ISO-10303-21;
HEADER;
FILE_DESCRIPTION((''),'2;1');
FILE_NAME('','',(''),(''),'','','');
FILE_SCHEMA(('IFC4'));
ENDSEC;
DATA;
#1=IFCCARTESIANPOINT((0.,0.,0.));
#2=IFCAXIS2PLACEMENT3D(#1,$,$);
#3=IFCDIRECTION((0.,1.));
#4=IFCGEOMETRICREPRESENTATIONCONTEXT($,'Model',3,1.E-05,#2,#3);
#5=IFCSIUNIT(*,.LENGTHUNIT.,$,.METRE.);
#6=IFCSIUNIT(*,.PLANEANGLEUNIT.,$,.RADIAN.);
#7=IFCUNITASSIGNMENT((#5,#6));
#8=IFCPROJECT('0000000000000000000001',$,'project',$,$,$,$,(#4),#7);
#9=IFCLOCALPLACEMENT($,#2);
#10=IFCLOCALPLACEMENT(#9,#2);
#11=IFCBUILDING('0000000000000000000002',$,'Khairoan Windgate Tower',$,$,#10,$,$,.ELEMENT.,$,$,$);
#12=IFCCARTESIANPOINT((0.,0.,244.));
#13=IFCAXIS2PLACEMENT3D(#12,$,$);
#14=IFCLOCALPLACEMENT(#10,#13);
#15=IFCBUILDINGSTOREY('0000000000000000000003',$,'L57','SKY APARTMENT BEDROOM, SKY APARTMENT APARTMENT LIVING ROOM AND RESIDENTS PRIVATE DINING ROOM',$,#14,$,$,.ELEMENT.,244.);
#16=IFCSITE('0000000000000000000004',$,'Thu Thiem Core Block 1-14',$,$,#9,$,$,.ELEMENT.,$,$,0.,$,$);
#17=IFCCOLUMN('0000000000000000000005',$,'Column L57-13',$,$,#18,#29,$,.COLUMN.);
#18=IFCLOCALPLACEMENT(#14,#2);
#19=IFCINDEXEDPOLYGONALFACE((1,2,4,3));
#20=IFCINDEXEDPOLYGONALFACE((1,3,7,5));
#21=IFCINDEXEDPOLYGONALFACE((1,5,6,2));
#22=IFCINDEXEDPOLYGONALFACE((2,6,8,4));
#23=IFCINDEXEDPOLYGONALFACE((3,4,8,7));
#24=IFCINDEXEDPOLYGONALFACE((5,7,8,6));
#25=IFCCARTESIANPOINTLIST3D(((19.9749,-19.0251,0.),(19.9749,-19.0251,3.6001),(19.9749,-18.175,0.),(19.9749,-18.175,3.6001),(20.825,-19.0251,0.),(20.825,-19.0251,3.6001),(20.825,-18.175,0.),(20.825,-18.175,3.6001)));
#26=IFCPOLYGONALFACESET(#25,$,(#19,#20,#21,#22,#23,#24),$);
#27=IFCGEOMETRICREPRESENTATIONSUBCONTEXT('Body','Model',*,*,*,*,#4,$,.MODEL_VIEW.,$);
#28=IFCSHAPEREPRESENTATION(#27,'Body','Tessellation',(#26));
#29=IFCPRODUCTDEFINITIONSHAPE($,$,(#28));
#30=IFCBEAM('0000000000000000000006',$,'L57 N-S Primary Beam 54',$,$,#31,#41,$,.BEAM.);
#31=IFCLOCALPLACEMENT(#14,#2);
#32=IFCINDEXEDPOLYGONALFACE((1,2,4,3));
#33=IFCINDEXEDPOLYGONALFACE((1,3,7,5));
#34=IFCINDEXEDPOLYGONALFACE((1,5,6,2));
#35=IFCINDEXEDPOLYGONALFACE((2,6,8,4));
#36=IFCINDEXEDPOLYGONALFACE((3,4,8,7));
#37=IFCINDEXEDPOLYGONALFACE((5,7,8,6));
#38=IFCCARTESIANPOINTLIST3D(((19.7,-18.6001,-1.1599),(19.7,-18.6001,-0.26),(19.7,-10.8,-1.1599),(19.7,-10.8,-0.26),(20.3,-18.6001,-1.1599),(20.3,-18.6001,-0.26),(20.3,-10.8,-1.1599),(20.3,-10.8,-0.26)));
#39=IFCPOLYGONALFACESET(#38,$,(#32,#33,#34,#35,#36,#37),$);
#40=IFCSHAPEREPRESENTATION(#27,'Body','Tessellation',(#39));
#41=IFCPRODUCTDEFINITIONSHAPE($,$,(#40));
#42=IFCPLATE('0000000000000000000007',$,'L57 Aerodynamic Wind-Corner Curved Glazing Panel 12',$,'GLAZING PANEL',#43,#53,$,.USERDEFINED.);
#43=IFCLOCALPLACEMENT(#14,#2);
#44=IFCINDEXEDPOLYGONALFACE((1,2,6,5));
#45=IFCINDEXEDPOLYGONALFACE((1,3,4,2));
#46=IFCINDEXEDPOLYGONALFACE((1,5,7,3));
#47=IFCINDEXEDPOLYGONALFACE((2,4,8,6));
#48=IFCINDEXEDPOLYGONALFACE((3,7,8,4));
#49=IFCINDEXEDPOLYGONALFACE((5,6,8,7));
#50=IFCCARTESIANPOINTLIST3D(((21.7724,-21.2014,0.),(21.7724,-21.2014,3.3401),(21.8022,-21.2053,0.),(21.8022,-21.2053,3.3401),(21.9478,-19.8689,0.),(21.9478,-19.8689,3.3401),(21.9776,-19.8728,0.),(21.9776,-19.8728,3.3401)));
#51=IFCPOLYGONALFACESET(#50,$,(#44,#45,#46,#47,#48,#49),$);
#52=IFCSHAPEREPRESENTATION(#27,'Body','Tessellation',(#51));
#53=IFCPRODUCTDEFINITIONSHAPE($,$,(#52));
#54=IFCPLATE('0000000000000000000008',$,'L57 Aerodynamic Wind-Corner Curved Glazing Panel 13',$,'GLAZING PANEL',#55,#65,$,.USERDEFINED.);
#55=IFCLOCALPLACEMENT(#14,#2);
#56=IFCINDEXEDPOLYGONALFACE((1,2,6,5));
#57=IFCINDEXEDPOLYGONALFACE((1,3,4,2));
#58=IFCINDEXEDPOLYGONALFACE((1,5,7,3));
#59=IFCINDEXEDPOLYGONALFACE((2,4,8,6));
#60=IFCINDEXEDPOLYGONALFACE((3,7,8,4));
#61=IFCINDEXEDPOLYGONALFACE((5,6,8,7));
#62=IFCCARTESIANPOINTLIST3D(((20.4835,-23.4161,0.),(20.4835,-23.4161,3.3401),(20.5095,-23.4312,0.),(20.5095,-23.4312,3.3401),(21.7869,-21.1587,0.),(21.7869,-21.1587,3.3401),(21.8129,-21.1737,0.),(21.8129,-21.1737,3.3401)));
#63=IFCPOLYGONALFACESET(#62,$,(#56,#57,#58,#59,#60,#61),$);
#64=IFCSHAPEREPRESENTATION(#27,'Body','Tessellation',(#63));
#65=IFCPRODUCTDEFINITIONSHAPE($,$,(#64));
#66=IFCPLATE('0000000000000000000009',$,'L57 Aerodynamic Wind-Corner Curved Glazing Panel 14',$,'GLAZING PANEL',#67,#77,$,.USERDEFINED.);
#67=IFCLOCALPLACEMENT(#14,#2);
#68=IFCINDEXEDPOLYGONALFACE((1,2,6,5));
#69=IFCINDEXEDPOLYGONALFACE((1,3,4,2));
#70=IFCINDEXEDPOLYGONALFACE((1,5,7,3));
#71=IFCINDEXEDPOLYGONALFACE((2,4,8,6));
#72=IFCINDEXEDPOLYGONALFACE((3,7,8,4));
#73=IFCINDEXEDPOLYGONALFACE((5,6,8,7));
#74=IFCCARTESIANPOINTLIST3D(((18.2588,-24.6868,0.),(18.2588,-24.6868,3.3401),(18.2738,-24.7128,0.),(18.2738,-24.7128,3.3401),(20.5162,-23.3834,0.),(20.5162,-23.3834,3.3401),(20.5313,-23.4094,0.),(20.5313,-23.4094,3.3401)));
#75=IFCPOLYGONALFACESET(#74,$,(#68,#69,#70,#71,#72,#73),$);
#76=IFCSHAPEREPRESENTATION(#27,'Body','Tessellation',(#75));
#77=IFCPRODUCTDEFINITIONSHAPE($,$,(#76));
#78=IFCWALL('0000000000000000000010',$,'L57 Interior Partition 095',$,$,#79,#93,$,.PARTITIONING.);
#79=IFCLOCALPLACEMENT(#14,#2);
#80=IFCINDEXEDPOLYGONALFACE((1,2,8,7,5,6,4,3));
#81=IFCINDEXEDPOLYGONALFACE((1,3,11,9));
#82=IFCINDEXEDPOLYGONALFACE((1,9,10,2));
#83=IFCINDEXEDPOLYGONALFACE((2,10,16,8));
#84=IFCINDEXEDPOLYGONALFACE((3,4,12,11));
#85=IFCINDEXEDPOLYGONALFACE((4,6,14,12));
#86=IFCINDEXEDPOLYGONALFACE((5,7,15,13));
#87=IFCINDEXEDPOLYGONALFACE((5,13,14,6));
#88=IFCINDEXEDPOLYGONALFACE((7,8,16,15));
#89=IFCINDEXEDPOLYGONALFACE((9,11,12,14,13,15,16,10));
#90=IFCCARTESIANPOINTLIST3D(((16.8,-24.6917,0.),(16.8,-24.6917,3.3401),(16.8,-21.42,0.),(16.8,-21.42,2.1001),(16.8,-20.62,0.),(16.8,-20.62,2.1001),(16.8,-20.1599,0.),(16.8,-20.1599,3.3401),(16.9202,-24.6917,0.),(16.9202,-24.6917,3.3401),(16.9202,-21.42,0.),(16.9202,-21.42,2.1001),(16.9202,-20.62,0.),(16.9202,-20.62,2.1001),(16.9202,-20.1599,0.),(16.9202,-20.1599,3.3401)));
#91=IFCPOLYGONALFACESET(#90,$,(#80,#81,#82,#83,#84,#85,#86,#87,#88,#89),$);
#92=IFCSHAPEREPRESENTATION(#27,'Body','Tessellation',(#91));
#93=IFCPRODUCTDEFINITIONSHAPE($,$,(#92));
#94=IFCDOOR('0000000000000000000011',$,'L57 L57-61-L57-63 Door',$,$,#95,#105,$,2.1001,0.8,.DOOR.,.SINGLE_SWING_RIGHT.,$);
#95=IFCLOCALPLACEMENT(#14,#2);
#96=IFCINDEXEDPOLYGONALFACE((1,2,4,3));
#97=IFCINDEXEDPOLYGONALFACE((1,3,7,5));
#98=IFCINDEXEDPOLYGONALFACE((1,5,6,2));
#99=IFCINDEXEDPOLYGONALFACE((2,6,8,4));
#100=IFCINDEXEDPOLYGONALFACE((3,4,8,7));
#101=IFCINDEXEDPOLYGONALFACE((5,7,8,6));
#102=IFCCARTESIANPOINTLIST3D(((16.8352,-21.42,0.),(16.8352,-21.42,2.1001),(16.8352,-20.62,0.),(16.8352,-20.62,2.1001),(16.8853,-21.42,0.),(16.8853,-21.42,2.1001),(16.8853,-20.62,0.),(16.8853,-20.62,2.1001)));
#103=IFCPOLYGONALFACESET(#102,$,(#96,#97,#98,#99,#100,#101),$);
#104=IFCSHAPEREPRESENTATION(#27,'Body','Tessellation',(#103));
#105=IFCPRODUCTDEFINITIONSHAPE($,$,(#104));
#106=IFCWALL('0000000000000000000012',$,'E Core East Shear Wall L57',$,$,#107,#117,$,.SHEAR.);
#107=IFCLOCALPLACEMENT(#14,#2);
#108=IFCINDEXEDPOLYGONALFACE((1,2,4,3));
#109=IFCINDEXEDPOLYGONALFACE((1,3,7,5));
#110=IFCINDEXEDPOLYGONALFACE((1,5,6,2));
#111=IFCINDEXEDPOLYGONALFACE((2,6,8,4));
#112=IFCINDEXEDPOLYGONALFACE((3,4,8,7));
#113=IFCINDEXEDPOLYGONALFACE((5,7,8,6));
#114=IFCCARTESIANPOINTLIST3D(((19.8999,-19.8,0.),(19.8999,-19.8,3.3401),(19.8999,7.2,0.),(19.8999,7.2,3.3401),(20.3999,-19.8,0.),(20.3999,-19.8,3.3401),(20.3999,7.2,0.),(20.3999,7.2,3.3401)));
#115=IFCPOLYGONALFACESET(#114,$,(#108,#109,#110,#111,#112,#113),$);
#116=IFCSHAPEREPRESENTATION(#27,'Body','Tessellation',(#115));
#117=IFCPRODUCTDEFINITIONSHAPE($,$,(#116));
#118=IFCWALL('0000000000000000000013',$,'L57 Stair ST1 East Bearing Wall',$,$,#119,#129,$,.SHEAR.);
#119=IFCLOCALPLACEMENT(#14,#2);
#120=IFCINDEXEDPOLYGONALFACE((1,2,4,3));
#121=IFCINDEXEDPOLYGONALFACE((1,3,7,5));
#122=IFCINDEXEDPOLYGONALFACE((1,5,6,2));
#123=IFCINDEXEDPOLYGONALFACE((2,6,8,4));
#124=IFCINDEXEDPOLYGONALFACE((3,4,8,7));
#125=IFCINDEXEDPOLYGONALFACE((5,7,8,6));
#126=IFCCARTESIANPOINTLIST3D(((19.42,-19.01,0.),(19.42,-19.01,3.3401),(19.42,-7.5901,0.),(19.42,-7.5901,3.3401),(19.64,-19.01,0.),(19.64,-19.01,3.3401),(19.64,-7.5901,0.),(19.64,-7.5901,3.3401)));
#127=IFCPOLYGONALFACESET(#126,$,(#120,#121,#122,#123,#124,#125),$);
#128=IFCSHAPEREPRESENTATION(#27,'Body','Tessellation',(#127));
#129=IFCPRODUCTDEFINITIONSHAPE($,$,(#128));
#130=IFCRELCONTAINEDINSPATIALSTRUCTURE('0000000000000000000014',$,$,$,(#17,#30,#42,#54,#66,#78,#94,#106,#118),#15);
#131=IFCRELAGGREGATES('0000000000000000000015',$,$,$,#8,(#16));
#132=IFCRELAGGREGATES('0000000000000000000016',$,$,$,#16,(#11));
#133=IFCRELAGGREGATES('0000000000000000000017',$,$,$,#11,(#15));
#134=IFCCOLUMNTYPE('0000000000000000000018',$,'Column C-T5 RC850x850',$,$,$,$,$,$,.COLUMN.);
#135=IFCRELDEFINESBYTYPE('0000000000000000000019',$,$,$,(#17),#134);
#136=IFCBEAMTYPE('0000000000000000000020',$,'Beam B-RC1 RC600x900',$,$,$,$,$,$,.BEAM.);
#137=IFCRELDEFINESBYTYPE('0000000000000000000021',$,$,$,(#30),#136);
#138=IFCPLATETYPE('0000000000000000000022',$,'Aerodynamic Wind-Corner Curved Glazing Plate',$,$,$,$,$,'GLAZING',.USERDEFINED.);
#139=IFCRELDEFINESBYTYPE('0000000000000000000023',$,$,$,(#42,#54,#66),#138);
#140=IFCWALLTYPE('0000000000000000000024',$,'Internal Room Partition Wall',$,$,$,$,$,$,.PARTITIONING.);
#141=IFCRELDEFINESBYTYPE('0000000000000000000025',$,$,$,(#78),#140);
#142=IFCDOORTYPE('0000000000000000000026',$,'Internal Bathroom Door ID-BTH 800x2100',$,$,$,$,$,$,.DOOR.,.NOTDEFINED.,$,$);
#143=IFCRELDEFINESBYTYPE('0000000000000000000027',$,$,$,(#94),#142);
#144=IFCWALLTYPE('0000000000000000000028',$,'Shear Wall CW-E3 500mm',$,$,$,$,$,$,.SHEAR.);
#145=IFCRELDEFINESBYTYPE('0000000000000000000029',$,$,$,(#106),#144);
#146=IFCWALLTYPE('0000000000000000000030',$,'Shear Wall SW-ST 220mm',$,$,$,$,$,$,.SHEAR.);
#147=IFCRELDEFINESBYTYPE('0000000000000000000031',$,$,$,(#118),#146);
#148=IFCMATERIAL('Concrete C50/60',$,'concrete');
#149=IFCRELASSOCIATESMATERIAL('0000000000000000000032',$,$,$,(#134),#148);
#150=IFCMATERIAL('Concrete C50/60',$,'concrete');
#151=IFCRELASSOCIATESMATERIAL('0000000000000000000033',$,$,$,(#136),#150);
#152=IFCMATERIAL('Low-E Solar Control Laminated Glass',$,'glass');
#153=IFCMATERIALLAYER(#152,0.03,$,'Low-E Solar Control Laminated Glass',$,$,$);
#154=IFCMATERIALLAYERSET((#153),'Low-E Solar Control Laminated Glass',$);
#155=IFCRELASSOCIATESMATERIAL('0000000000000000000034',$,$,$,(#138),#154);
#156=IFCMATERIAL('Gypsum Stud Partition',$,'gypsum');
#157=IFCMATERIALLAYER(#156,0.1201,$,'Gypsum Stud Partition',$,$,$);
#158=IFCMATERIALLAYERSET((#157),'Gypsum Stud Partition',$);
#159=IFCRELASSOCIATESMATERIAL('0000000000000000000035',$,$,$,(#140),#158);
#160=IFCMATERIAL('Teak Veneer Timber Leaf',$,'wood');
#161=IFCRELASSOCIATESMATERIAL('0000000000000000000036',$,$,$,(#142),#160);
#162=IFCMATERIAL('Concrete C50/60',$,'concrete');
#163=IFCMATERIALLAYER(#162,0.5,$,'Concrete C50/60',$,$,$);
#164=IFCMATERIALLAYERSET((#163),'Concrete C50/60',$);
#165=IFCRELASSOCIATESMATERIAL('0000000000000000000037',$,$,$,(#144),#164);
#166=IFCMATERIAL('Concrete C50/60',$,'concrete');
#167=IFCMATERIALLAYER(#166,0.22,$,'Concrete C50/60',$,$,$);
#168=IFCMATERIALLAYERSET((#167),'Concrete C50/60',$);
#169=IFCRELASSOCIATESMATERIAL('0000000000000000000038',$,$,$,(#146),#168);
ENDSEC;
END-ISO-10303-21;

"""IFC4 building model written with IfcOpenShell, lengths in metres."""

from ifc_helpers import new_model, si_unit, direction, frame, frame_2d, origin, origin_2d, place, context, subcontext, project, spatial, rectangle, extrude, material, layer, layer_set, material_profile, profile_set, type_object, element, fill, save


model = new_model("IFC4")

# Units and contexts
model_context = context("Model", 3, precision=1e-05, world=origin(), true_north=direction((0.0, 1.0)))
body_context = subcontext(model_context, "Body", "Model", "MODEL_VIEW")
ifc_project = project(units=[si_unit("LENGTHUNIT", "METRE"), si_unit("PLANEANGLEUNIT", "RADIAN")], contexts=[model_context])

# Site, building, storey
site_placement = place(None, origin())
site = spatial("IfcSite", under=ifc_project, at=site_placement, Name="Thu Thiem Core Block 1-14", CompositionType="ELEMENT", RefElevation=0.0)
building_placement = place(site_placement, origin())
building = spatial("IfcBuilding", under=site, at=building_placement, Name="Khairoan Windgate Tower", CompositionType="ELEMENT")
storey_placement = place(building_placement, frame((0.0, 0.0, 244.0)))
storey = spatial("IfcBuildingStorey", under=building, at=storey_placement, Name="L57", Description="SKY APARTMENT BEDROOM, SKY APARTMENT APARTMENT LIVING ROOM AND RESIDENTS PRIVATE DINING ROOM", CompositionType="ELEMENT", Elevation=244.0)

# Column
ifc_material_1 = material(Name="Concrete C50/60", Category="concrete")
ifc_material_profile_1 = material_profile(ifc_material_1, rectangle(XDim=0.8501, YDim=0.8501, at=origin_2d()))
ifc_profile_set_1 = profile_set([ifc_material_profile_1], Name="Concrete C50/60")
column_type = type_object("IfcColumnType", Name="Column C-T5 RC850x850", PredefinedType="COLUMN", material=ifc_profile_set_1)
column_placement = place(storey_placement, frame((20.3999, -18.6001, 0.0), z_axis=(0.0, 0.0, 1.0), x_axis=(1.0, 0.0, 0.0)))
element("IfcColumn", 1, at=column_placement, inside=storey, type_object=column_type, Name="Column L57-13", PredefinedType="COLUMN", context=body_context, shape_type="SweptSolid", body=[
    extrude(rectangle(XDim=0.8501, YDim=0.8501, at=origin_2d()), origin(), (0.0, 0.0, 1.0), 3.6001),
])

# Beam
ifc_material_2 = material(Name="Concrete C50/60", Category="concrete")
ifc_material_profile_2 = material_profile(ifc_material_2, rectangle(XDim=0.6001, YDim=0.8999, at=origin_2d()))
ifc_profile_set_2 = profile_set([ifc_material_profile_2], Name="Concrete C50/60")
beam_type = type_object("IfcBeamType", Name="Beam B-RC1 RC600x900", PredefinedType="BEAM", material=ifc_profile_set_2)
beam_placement = place(storey_placement, frame((20.0, -18.6001, -0.71), z_axis=(0.0, 1.0, 0.0), x_axis=(-1.0, 0.0, 0.0)))
element("IfcBeam", 2, at=beam_placement, inside=storey, type_object=beam_type, Name="L57 N-S Primary Beam 54", PredefinedType="BEAM", context=body_context, shape_type="SweptSolid", body=[
    extrude(rectangle(XDim=0.6001, YDim=0.8999, at=origin_2d()), origin(), (0.0, 0.0, 1.0), 7.8),
])

# Plates
ifc_material_3 = material(Name="Low-E Solar Control Laminated Glass", Category="glass")
ifc_layer_1 = layer(ifc_material_3, 0.03, Name="Low-E Solar Control Laminated Glass")
ifc_layer_set_1 = layer_set([ifc_layer_1], Name="Low-E Solar Control Laminated Glass")
plate_type_1 = type_object("IfcPlateType", Name="Aerodynamic Wind-Corner Curved Glazing Plate", ElementType="GLAZING", PredefinedType="USERDEFINED", material=ifc_layer_set_1)
plate_1_placement = place(storey_placement, frame((21.875, -20.5371, 0.0), z_axis=(0.0, 0.0, 1.0), x_axis=(-0.130526, -0.991445, 0.0)))
element("IfcPlate", 3, at=plate_1_placement, inside=storey, type_object=plate_type_1, Name="L57 Aerodynamic Wind-Corner Curved Glazing Panel 12", ObjectType="GLAZING PANEL", PredefinedType="USERDEFINED", context=body_context, shape_type="SweptSolid", body=[
    extrude(rectangle(XDim=1.344, YDim=0.03, at=origin_2d()), origin(), (0.0, 0.0, 1.0), 3.3401),
])
for number, where, z_axis, x_axis, name in (
    (4, (21.1482, -22.2949, 0.0), (0.0, 0.0, 1.0), (-0.5, -0.866025, 0.0), "L57 Aerodynamic Wind-Corner Curved Glazing Panel 13"),
    (5, (19.395, -24.0481, 0.0), (0.0, 0.0, 1.0), (-0.866025, -0.5, 0.0), "L57 Aerodynamic Wind-Corner Curved Glazing Panel 14"),
):
    element("IfcPlate", number, at=place(storey_placement, frame(where, z_axis=z_axis, x_axis=x_axis)), inside=storey, type_object=plate_type_1, Name=name, ObjectType="GLAZING PANEL", PredefinedType="USERDEFINED", context=body_context, shape_type="SweptSolid", body=[
        extrude(rectangle(XDim=2.6067, YDim=0.03, at=origin_2d()), origin(), (0.0, 0.0, 1.0), 3.3401),
    ])

# Wall, opening, door
ifc_material_4 = material(Name="Gypsum Stud Partition", Category="gypsum")
ifc_layer_2 = layer(ifc_material_4, 0.1201, Name="Gypsum Stud Partition")
ifc_layer_set_2 = layer_set([ifc_layer_2], Name="Gypsum Stud Partition")
wall_type_1 = type_object("IfcWallType", Name="Internal Room Partition Wall", PredefinedType="PARTITIONING", material=ifc_layer_set_2)
wall_1_placement = place(storey_placement, frame((16.8601, -24.6917, 0.0), z_axis=(0.0, 0.0, 1.0), x_axis=(0.0, 1.0, 0.0)))
wall_1 = element("IfcWall", 6, at=wall_1_placement, inside=storey, type_object=wall_type_1, Name="L57 Interior Partition 095", PredefinedType="PARTITIONING", context=body_context, shape_type="SweptSolid", body=[
    extrude(rectangle(XDim=4.5317, YDim=0.1201, at=frame_2d((2.2659, 0.0))), origin(), (0.0, 0.0, 1.0), 3.3401),
])
opening_placement = place(wall_1_placement, frame((3.2717, 0.0, 0.0)))
opening = element("IfcOpeningElement", 7, at=opening_placement, cuts=wall_1, PredefinedType="OPENING", context=body_context, shape_type="SweptSolid", body=[
    extrude(rectangle(XDim=0.8, YDim=2.1001, at=frame_2d((0.3999, 1.05))), frame((0.0, 0.0701, 0.0), z_axis=(0.0, -1.0, 0.0), x_axis=(1.0, 0.0, 0.0)), (0.0, 0.0, 1.0), 0.1401),
])
ifc_material_5 = material(Name="Teak Veneer Timber Leaf", Category="wood")
door_type = type_object("IfcDoorType", Name="Internal Bathroom Door ID-BTH 800x2100", OperationType="NOTDEFINED", PredefinedType="DOOR", material=ifc_material_5)
door_placement = place(opening_placement, origin())
door = element("IfcDoor", 8, at=door_placement, inside=storey, type_object=door_type, Name="L57 L57-61-L57-63 Door", OperationType="SINGLE_SWING_RIGHT", OverallHeight=2.1001, OverallWidth=0.8, PredefinedType="DOOR", context=body_context, shape_type="SweptSolid", body=[
    extrude(rectangle(XDim=0.8, YDim=2.1001, at=frame_2d((0.3999, 1.05))), frame((0.0, 0.0249, 0.0), z_axis=(0.0, -1.0, 0.0), x_axis=(1.0, 0.0, 0.0)), (0.0, 0.0, 1.0), 0.05),
])
fill(opening, door)

# Walls
ifc_material_6 = material(Name="Concrete C50/60", Category="concrete")
ifc_layer_3 = layer(ifc_material_6, 0.5, Name="Concrete C50/60")
ifc_layer_set_3 = layer_set([ifc_layer_3], Name="Concrete C50/60")
wall_type_2 = type_object("IfcWallType", Name="Shear Wall CW-E3 500mm", PredefinedType="SHEAR", material=ifc_layer_set_3)
wall_2_placement = place(storey_placement, frame((20.1499, -19.8, 0.0), z_axis=(0.0, 0.0, 1.0), x_axis=(0.0, 1.0, 0.0)))
element("IfcWall", 9, at=wall_2_placement, inside=storey, type_object=wall_type_2, Name="E Core East Shear Wall L57", PredefinedType="SHEAR", context=body_context, shape_type="SweptSolid", body=[
    extrude(rectangle(XDim=27.0, YDim=0.5, at=frame_2d((13.5, 0.0))), origin(), (0.0, 0.0, 1.0), 3.3401),
])
ifc_material_7 = material(Name="Concrete C50/60", Category="concrete")
ifc_layer_4 = layer(ifc_material_7, 0.22, Name="Concrete C50/60")
ifc_layer_set_4 = layer_set([ifc_layer_4], Name="Concrete C50/60")
wall_type_3 = type_object("IfcWallType", Name="Shear Wall SW-ST 220mm", PredefinedType="SHEAR", material=ifc_layer_set_4)
wall_3_placement = place(storey_placement, frame((19.53, -19.01, 0.0), z_axis=(0.0, 0.0, 1.0), x_axis=(0.0, 1.0, 0.0)))
element("IfcWall", 10, at=wall_3_placement, inside=storey, type_object=wall_type_3, Name="L57 Stair ST1 East Bearing Wall", PredefinedType="SHEAR", context=body_context, shape_type="SweptSolid", body=[
    extrude(rectangle(XDim=11.4199, YDim=0.22, at=frame_2d((5.71, 0.0))), origin(), (0.0, 0.0, 1.0), 3.3401),
])

save(model, "model.ifc")
